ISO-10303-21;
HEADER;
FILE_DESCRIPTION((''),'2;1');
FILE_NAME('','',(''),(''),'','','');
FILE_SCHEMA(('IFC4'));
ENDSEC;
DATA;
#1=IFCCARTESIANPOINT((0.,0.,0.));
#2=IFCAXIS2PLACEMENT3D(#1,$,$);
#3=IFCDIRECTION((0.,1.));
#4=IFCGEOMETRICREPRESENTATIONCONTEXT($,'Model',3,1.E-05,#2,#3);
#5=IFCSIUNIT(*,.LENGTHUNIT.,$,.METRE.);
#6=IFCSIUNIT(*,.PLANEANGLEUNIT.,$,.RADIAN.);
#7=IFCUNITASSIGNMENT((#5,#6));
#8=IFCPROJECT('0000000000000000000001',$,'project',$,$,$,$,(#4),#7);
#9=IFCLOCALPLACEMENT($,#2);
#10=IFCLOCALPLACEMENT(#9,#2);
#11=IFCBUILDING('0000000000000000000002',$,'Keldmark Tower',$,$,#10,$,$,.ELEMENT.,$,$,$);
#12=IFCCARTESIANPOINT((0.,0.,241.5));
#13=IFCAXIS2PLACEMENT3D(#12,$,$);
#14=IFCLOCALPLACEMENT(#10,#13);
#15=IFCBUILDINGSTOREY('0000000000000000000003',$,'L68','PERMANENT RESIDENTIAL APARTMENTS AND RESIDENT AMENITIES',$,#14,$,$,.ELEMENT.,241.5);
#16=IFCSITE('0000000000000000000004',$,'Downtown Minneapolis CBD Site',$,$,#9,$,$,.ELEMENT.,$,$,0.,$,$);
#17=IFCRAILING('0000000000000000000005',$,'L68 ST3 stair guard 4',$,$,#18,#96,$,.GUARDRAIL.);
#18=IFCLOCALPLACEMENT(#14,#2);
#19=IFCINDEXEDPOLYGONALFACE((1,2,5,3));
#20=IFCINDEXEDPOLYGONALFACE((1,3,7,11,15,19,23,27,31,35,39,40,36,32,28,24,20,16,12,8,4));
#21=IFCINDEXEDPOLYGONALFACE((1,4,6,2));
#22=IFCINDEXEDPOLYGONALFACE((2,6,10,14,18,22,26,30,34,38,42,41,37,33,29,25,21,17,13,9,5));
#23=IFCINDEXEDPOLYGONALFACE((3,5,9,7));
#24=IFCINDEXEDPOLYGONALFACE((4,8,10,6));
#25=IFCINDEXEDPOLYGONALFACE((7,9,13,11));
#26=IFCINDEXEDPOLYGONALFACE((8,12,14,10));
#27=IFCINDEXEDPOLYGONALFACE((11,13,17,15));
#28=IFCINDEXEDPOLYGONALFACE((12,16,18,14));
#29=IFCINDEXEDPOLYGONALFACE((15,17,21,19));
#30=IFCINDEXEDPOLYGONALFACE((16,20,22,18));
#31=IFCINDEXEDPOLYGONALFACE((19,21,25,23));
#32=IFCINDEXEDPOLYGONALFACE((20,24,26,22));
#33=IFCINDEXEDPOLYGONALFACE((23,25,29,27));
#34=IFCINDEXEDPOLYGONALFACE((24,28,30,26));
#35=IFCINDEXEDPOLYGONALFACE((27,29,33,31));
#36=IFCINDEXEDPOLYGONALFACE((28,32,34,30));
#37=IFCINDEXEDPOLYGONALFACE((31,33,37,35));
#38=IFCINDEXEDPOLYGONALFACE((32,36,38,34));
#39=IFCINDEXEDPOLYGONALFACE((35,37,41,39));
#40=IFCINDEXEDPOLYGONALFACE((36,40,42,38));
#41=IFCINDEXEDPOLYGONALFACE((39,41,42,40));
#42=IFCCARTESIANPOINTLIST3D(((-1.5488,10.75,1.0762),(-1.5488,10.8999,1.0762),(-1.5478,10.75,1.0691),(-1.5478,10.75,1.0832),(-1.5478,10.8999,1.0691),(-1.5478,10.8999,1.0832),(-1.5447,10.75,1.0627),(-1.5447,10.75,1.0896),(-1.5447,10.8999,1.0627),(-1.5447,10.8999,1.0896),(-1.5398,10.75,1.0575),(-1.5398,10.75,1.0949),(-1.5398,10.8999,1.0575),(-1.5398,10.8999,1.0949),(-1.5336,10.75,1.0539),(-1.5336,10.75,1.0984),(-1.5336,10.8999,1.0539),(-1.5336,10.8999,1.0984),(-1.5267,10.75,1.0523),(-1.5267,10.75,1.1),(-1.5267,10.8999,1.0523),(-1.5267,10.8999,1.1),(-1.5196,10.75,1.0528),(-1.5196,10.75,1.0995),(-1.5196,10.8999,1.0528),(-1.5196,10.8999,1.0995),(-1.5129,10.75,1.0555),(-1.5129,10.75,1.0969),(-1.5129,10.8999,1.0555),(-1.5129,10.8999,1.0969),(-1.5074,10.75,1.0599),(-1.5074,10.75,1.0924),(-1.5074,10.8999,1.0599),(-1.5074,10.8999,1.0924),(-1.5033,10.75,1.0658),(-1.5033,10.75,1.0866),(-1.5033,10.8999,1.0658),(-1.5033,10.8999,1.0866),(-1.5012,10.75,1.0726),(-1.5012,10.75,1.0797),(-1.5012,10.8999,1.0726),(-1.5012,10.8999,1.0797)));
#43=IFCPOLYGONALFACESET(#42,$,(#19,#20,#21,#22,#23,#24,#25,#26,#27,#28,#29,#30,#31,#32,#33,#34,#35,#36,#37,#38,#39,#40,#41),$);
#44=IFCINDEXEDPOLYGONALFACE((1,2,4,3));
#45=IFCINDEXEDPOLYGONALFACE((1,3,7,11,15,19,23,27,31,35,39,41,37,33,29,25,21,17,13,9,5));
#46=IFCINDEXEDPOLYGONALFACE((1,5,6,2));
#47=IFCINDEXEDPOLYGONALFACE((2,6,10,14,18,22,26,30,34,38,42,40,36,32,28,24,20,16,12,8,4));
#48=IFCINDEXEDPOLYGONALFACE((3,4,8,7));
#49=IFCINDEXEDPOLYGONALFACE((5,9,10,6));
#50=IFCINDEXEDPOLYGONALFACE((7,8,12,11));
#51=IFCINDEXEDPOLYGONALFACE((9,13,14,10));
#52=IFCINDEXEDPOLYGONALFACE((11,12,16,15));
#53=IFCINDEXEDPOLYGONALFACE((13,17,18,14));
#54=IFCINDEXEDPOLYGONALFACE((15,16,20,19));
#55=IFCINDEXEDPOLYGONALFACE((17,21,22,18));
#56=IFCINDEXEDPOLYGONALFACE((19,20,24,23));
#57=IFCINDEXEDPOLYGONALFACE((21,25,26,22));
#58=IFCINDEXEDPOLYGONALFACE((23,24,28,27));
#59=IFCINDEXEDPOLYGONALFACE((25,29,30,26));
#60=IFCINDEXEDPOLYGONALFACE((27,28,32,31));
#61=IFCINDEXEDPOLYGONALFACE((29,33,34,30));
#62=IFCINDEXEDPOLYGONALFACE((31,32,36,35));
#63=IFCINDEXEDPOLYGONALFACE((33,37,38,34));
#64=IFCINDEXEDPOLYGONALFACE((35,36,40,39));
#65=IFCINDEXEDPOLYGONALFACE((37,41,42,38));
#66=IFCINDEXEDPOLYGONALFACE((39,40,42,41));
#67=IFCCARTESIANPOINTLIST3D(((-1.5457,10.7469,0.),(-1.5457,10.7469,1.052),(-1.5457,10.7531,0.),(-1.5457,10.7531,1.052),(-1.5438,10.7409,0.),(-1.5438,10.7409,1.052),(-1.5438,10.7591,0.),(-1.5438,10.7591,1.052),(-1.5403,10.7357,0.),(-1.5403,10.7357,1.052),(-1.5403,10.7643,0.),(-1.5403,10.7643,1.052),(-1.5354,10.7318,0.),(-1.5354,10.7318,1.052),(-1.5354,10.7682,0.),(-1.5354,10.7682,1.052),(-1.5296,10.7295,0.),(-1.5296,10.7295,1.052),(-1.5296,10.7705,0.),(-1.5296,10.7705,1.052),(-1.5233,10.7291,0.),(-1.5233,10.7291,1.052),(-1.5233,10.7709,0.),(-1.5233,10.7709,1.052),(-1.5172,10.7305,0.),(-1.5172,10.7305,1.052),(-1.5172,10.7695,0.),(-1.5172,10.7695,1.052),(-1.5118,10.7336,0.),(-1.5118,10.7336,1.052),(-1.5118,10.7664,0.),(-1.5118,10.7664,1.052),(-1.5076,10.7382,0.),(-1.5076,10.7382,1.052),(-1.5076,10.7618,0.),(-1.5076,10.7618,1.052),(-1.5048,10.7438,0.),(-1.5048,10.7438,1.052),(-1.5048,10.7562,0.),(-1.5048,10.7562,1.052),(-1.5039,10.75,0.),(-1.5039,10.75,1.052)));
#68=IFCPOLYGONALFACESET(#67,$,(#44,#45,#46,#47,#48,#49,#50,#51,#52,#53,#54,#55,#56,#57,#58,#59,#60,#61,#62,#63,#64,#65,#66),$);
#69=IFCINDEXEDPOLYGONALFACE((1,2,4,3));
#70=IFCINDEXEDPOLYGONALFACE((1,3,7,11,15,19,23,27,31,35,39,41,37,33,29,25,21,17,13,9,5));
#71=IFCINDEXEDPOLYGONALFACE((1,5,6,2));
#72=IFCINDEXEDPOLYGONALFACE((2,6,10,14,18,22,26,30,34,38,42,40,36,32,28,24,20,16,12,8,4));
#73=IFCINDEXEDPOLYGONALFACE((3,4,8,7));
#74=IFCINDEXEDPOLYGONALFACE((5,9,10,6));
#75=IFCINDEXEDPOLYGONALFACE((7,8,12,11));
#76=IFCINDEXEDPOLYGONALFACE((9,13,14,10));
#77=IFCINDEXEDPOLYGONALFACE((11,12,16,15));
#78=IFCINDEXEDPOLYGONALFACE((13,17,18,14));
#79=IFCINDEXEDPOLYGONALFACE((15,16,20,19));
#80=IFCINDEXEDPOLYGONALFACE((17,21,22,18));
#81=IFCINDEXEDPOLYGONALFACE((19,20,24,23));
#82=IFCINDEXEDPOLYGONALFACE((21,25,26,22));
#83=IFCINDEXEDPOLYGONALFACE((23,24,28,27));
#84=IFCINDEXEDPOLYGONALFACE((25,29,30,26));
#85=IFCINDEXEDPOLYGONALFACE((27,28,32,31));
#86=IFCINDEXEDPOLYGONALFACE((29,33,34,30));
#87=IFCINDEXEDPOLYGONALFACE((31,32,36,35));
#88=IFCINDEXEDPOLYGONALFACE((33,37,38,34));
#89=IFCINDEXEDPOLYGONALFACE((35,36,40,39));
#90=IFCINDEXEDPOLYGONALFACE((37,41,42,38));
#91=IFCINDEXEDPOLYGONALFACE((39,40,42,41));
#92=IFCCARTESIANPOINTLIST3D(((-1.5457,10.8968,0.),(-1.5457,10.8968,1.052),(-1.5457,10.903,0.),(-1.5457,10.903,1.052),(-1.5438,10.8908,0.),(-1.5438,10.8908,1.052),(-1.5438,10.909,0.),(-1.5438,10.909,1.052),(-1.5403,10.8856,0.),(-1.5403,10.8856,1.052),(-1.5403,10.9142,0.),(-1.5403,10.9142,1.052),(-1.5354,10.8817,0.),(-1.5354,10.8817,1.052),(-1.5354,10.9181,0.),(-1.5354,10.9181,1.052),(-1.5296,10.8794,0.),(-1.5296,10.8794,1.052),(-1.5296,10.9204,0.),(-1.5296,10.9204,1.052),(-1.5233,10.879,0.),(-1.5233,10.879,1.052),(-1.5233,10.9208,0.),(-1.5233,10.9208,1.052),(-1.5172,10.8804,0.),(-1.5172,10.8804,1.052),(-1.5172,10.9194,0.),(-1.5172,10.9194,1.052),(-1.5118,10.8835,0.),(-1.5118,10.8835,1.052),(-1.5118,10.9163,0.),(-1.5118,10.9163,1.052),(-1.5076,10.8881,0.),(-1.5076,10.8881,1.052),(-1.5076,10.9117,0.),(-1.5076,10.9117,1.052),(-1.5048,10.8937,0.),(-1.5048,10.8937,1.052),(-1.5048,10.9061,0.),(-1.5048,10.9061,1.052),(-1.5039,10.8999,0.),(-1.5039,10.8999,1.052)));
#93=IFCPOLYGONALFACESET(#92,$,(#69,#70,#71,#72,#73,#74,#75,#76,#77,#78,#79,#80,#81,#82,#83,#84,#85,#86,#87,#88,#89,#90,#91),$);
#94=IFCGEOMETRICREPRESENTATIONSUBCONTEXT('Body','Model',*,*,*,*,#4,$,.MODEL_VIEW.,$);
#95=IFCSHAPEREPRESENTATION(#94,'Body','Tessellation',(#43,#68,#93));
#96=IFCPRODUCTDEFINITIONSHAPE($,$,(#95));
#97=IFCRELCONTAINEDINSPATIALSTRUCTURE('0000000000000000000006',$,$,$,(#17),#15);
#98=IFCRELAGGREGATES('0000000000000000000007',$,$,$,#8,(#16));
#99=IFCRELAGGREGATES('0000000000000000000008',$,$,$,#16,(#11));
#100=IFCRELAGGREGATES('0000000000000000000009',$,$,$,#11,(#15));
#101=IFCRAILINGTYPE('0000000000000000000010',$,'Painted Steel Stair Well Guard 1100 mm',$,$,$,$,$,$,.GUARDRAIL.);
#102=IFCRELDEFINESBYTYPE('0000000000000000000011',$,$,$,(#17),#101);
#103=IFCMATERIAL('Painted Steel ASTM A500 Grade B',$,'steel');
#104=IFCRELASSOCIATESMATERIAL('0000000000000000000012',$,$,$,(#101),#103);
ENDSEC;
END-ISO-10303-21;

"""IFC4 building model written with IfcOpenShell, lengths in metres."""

from ifc_helpers import new_model, si_unit, direction, frame, origin, origin_2d, place, context, subcontext, project, spatial, circle, extrude, material, type_object, element, save


model = new_model("IFC4")

# Units and contexts
model_context = context("Model", 3, precision=1e-05, world=origin(), true_north=direction((0.0, 1.0)))
body_context = subcontext(model_context, "Body", "Model", "MODEL_VIEW")
ifc_project = project(units=[si_unit("LENGTHUNIT", "METRE"), si_unit("PLANEANGLEUNIT", "RADIAN")], contexts=[model_context])

# Site, building, storey
site_placement = place(None, origin())
site = spatial("IfcSite", under=ifc_project, at=site_placement, Name="Downtown Minneapolis CBD Site", CompositionType="ELEMENT", RefElevation=0.0)
building_placement = place(site_placement, origin())
building = spatial("IfcBuilding", under=site, at=building_placement, Name="Keldmark Tower", CompositionType="ELEMENT")
storey_placement = place(building_placement, frame((0.0, 0.0, 241.5)))
storey = spatial("IfcBuildingStorey", under=building, at=storey_placement, Name="L68", Description="PERMANENT RESIDENTIAL APARTMENTS AND RESIDENT AMENITIES", CompositionType="ELEMENT", Elevation=241.5)

# Railing
ifc_material_1 = material(Name="Painted Steel ASTM A500 Grade B", Category="steel")
railing_type_1 = type_object("IfcRailingType", Name="Painted Steel Stair Well Guard 1100 mm", PredefinedType="GUARDRAIL", material=ifc_material_1)
railing_1_placement = place(storey_placement, frame((-1.5249, 10.75, 0.0)))
element("IfcRailing", 1, at=railing_1_placement, inside=storey, type_object=railing_type_1, Name="L68 ST3 stair guard 4", PredefinedType="GUARDRAIL", context=body_context, shape_type="SweptSolid", body=[
    extrude(circle(Radius=0.0239, at=origin_2d()), frame((0.0, 0.0, 1.0762), z_axis=(0.0, 1.0, 0.0), x_axis=(-1.0, 0.0, 0.0)), (0.0, 0.0, 1.0), 0.1499),
    extrude(circle(Radius=0.021, at=origin_2d()), origin(), (0.0, 0.0, 1.0), 1.052),
    extrude(circle(Radius=0.021, at=origin_2d()), frame((0.0, 0.1499, 0.0)), (0.0, 0.0, 1.0), 1.052),
])

save(model, "model.ifc")
